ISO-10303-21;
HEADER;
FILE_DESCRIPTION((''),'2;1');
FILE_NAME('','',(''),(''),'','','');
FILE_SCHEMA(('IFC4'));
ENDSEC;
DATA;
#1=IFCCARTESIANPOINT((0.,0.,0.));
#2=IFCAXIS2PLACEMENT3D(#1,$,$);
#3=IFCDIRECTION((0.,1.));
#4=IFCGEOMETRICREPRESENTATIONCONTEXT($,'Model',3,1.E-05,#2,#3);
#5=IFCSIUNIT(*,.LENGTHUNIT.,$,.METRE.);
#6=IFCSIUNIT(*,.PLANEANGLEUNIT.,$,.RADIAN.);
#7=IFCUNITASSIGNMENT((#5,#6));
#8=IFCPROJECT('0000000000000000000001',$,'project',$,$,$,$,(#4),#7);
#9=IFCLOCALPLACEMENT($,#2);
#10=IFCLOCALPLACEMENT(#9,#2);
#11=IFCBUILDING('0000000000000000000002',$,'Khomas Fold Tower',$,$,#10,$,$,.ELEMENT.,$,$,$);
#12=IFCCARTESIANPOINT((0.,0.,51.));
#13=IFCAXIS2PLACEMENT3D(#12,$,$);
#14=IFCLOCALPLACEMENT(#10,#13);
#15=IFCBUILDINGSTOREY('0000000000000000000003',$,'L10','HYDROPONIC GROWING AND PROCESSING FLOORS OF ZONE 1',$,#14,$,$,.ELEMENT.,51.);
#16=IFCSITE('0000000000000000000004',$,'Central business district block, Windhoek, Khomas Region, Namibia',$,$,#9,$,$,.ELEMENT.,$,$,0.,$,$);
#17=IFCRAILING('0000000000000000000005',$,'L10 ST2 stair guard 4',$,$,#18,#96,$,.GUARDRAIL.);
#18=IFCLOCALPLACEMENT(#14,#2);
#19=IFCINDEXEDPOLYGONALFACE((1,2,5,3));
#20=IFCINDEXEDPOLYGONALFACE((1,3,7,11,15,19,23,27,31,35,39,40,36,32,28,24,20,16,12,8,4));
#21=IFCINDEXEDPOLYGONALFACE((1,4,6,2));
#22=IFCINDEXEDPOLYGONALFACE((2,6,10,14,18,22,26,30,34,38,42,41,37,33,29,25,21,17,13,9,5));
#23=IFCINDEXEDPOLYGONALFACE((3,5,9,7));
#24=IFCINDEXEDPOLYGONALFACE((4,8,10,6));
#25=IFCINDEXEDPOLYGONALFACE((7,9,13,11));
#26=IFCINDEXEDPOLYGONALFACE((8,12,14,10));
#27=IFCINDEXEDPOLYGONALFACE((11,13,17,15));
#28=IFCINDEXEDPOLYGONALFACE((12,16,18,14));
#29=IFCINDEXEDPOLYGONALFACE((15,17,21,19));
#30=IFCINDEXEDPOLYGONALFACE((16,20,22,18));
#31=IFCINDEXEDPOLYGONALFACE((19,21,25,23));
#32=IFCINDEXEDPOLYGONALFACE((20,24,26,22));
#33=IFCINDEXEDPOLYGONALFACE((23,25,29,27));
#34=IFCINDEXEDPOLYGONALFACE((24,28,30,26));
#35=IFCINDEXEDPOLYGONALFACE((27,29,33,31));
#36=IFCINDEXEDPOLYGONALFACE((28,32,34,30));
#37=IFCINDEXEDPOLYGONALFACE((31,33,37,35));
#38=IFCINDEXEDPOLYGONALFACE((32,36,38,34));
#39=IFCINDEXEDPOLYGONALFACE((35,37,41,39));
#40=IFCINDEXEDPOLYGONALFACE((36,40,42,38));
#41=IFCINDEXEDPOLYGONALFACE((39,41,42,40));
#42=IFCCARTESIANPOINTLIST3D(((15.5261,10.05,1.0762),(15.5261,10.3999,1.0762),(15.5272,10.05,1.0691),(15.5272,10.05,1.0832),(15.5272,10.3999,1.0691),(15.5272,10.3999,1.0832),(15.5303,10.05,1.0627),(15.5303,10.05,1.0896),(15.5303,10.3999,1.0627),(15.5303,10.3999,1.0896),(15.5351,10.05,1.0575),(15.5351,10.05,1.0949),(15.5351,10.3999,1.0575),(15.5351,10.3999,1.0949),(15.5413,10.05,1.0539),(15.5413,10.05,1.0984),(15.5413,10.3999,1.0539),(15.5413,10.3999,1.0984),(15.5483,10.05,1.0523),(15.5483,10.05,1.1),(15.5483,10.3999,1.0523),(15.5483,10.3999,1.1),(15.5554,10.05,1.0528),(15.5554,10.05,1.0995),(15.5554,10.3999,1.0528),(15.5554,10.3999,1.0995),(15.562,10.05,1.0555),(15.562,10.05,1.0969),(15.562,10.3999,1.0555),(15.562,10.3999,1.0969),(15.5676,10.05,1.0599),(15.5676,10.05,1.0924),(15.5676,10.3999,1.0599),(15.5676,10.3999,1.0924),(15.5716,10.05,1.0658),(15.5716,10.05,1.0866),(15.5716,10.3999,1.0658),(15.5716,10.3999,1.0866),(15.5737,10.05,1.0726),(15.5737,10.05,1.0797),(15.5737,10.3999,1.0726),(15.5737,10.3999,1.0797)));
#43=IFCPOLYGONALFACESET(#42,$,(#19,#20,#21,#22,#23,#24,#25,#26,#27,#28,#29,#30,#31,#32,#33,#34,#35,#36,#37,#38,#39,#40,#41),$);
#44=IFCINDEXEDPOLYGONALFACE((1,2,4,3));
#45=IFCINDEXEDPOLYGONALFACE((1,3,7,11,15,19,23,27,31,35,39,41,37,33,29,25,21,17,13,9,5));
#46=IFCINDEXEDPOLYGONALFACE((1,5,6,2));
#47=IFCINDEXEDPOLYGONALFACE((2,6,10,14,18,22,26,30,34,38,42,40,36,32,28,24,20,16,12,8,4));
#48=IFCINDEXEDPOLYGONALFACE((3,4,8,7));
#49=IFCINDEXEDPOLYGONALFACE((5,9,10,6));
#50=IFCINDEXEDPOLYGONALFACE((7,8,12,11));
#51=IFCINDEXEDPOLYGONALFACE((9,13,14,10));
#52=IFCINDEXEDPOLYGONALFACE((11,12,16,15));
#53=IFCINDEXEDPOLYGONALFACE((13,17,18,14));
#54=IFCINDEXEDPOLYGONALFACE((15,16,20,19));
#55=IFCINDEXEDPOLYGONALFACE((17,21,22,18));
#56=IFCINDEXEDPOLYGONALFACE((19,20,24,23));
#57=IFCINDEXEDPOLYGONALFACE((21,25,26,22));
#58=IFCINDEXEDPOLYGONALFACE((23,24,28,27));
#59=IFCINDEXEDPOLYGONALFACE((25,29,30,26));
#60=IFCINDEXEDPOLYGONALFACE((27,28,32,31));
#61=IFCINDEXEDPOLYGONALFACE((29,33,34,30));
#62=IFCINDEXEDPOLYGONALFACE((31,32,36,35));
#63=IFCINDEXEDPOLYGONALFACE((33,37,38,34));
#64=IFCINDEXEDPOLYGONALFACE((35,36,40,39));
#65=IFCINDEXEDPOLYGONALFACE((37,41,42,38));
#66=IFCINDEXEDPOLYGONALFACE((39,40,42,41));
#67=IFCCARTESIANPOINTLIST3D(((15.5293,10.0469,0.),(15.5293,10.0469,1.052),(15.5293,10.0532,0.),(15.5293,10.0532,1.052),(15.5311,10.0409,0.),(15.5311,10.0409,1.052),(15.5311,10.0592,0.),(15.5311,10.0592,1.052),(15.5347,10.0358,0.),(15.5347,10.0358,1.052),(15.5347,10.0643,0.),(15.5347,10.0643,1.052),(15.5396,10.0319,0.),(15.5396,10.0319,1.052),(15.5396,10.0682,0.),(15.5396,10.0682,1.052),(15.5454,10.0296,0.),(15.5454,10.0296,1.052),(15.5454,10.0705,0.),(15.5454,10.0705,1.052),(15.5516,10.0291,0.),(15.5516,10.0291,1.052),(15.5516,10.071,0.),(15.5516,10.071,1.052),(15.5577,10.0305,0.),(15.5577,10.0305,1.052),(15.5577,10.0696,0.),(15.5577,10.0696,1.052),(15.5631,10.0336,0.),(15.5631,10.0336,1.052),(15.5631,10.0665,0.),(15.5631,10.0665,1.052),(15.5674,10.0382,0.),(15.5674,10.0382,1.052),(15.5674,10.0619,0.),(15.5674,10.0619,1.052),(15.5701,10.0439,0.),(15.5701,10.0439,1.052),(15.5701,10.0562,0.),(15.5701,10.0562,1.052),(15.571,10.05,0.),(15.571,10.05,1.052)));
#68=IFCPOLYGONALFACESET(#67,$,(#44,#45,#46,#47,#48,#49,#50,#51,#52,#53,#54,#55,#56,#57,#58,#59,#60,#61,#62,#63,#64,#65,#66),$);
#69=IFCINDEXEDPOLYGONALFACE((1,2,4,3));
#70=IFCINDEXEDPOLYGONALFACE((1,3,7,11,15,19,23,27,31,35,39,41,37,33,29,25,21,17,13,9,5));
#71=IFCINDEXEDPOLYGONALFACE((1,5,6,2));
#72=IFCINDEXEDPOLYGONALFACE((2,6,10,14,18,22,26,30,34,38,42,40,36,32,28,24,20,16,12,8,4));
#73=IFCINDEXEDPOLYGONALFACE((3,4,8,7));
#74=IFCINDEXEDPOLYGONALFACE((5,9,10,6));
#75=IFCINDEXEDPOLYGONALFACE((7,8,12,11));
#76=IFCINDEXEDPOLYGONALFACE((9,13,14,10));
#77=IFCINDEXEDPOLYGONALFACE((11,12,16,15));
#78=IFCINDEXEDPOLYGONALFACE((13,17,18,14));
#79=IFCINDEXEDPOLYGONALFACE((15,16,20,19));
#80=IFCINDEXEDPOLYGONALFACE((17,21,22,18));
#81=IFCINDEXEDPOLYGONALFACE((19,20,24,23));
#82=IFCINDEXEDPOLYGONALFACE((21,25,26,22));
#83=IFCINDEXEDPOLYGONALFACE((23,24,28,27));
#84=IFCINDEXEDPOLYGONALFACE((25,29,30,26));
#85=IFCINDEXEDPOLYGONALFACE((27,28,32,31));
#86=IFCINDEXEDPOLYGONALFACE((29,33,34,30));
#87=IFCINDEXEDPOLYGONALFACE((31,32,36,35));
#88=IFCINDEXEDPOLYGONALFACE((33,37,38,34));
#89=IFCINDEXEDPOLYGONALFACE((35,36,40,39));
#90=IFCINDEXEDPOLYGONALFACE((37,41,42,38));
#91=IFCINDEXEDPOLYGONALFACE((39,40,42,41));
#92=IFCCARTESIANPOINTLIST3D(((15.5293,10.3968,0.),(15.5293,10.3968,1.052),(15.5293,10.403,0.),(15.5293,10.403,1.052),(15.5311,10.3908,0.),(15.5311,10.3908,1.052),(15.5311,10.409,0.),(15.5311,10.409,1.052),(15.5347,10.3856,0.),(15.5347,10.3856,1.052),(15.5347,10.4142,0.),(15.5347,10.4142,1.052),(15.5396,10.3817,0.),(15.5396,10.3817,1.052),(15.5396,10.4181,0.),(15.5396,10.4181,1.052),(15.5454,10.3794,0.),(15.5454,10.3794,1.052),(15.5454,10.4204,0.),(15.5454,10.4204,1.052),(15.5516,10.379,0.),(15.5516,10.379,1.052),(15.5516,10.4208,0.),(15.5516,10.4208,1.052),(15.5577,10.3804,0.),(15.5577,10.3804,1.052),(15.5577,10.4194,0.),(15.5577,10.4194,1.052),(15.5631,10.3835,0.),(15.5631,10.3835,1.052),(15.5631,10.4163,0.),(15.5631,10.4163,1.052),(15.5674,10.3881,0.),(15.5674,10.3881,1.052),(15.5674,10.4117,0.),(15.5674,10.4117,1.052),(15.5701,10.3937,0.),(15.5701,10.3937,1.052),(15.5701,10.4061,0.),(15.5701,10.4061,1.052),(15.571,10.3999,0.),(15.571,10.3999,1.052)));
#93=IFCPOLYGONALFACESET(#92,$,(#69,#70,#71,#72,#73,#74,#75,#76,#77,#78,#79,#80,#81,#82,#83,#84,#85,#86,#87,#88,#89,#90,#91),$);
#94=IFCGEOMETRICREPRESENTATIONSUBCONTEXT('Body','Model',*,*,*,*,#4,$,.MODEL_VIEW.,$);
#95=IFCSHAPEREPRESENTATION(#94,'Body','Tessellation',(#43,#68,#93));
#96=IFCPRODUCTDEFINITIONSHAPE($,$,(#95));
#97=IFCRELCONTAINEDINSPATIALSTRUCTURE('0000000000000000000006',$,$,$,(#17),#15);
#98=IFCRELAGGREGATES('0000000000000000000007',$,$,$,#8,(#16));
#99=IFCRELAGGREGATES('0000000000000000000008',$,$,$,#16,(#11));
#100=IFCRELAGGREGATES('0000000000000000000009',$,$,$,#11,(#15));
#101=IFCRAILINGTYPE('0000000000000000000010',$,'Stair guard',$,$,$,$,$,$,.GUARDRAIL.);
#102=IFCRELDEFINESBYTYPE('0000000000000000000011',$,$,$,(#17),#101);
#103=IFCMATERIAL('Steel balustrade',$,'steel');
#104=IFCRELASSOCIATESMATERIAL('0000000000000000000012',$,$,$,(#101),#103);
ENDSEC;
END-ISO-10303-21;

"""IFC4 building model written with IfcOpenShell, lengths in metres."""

from ifc_helpers import new_model, si_unit, direction, frame, origin, origin_2d, place, context, subcontext, project, spatial, circle, extrude, source, transform, mapped, material, type_object, element, save


model = new_model("IFC4")

# Units and contexts
model_context = context("Model", 3, precision=1e-05, world=origin(), true_north=direction((0.0, 1.0)))
body_context = subcontext(model_context, "Body", "Model", "MODEL_VIEW")
ifc_project = project(units=[si_unit("LENGTHUNIT", "METRE"), si_unit("PLANEANGLEUNIT", "RADIAN")], contexts=[model_context])

# Site, building, storey
site_placement = place(None, origin())
site = spatial("IfcSite", under=ifc_project, at=site_placement, Name="Central business district block, Windhoek, Khomas Region, Namibia", CompositionType="ELEMENT", RefElevation=0.0)
building_placement = place(site_placement, origin())
building = spatial("IfcBuilding", under=site, at=building_placement, Name="Khomas Fold Tower", CompositionType="ELEMENT")
storey_placement = place(building_placement, frame((0.0, 0.0, 51.0)))
storey = spatial("IfcBuildingStorey", under=building, at=storey_placement, Name="L10", Description="HYDROPONIC GROWING AND PROCESSING FLOORS OF ZONE 1", CompositionType="ELEMENT", Elevation=51.0)

# Railing
ifc_material_1 = material(Name="Steel balustrade", Category="steel")
railing_type = type_object("IfcRailingType", Name="Stair guard", PredefinedType="GUARDRAIL", material=ifc_material_1)
shared_shape_1 = source(origin(), body_context, "Body", "SweptSolid", [
    extrude(circle(Radius=0.0239, at=origin_2d()), frame((0.0, 0.0, 1.0762), z_axis=(0.0, 1.0, 0.0), x_axis=(-1.0, 0.0, 0.0)), (0.0, 0.0, 1.0), 0.3499),
    extrude(circle(Radius=0.021, at=origin_2d()), origin(), (0.0, 0.0, 1.0), 1.052),
    extrude(circle(Radius=0.021, at=origin_2d()), frame((0.0, 0.3499, 0.0)), (0.0, 0.0, 1.0), 1.052),
])
railing_1_placement = place(storey_placement, frame((15.55, 10.05, 0.0)))
element("IfcRailing", 1, at=railing_1_placement, inside=storey, type_object=railing_type, Name="L10 ST2 stair guard 4", PredefinedType="GUARDRAIL", context=body_context, shape_type="MappedRepresentation", body=[
    mapped(shared_shape_1, transform((0.0, 0.0, 0.0))),
])

save(model, "model.ifc")
